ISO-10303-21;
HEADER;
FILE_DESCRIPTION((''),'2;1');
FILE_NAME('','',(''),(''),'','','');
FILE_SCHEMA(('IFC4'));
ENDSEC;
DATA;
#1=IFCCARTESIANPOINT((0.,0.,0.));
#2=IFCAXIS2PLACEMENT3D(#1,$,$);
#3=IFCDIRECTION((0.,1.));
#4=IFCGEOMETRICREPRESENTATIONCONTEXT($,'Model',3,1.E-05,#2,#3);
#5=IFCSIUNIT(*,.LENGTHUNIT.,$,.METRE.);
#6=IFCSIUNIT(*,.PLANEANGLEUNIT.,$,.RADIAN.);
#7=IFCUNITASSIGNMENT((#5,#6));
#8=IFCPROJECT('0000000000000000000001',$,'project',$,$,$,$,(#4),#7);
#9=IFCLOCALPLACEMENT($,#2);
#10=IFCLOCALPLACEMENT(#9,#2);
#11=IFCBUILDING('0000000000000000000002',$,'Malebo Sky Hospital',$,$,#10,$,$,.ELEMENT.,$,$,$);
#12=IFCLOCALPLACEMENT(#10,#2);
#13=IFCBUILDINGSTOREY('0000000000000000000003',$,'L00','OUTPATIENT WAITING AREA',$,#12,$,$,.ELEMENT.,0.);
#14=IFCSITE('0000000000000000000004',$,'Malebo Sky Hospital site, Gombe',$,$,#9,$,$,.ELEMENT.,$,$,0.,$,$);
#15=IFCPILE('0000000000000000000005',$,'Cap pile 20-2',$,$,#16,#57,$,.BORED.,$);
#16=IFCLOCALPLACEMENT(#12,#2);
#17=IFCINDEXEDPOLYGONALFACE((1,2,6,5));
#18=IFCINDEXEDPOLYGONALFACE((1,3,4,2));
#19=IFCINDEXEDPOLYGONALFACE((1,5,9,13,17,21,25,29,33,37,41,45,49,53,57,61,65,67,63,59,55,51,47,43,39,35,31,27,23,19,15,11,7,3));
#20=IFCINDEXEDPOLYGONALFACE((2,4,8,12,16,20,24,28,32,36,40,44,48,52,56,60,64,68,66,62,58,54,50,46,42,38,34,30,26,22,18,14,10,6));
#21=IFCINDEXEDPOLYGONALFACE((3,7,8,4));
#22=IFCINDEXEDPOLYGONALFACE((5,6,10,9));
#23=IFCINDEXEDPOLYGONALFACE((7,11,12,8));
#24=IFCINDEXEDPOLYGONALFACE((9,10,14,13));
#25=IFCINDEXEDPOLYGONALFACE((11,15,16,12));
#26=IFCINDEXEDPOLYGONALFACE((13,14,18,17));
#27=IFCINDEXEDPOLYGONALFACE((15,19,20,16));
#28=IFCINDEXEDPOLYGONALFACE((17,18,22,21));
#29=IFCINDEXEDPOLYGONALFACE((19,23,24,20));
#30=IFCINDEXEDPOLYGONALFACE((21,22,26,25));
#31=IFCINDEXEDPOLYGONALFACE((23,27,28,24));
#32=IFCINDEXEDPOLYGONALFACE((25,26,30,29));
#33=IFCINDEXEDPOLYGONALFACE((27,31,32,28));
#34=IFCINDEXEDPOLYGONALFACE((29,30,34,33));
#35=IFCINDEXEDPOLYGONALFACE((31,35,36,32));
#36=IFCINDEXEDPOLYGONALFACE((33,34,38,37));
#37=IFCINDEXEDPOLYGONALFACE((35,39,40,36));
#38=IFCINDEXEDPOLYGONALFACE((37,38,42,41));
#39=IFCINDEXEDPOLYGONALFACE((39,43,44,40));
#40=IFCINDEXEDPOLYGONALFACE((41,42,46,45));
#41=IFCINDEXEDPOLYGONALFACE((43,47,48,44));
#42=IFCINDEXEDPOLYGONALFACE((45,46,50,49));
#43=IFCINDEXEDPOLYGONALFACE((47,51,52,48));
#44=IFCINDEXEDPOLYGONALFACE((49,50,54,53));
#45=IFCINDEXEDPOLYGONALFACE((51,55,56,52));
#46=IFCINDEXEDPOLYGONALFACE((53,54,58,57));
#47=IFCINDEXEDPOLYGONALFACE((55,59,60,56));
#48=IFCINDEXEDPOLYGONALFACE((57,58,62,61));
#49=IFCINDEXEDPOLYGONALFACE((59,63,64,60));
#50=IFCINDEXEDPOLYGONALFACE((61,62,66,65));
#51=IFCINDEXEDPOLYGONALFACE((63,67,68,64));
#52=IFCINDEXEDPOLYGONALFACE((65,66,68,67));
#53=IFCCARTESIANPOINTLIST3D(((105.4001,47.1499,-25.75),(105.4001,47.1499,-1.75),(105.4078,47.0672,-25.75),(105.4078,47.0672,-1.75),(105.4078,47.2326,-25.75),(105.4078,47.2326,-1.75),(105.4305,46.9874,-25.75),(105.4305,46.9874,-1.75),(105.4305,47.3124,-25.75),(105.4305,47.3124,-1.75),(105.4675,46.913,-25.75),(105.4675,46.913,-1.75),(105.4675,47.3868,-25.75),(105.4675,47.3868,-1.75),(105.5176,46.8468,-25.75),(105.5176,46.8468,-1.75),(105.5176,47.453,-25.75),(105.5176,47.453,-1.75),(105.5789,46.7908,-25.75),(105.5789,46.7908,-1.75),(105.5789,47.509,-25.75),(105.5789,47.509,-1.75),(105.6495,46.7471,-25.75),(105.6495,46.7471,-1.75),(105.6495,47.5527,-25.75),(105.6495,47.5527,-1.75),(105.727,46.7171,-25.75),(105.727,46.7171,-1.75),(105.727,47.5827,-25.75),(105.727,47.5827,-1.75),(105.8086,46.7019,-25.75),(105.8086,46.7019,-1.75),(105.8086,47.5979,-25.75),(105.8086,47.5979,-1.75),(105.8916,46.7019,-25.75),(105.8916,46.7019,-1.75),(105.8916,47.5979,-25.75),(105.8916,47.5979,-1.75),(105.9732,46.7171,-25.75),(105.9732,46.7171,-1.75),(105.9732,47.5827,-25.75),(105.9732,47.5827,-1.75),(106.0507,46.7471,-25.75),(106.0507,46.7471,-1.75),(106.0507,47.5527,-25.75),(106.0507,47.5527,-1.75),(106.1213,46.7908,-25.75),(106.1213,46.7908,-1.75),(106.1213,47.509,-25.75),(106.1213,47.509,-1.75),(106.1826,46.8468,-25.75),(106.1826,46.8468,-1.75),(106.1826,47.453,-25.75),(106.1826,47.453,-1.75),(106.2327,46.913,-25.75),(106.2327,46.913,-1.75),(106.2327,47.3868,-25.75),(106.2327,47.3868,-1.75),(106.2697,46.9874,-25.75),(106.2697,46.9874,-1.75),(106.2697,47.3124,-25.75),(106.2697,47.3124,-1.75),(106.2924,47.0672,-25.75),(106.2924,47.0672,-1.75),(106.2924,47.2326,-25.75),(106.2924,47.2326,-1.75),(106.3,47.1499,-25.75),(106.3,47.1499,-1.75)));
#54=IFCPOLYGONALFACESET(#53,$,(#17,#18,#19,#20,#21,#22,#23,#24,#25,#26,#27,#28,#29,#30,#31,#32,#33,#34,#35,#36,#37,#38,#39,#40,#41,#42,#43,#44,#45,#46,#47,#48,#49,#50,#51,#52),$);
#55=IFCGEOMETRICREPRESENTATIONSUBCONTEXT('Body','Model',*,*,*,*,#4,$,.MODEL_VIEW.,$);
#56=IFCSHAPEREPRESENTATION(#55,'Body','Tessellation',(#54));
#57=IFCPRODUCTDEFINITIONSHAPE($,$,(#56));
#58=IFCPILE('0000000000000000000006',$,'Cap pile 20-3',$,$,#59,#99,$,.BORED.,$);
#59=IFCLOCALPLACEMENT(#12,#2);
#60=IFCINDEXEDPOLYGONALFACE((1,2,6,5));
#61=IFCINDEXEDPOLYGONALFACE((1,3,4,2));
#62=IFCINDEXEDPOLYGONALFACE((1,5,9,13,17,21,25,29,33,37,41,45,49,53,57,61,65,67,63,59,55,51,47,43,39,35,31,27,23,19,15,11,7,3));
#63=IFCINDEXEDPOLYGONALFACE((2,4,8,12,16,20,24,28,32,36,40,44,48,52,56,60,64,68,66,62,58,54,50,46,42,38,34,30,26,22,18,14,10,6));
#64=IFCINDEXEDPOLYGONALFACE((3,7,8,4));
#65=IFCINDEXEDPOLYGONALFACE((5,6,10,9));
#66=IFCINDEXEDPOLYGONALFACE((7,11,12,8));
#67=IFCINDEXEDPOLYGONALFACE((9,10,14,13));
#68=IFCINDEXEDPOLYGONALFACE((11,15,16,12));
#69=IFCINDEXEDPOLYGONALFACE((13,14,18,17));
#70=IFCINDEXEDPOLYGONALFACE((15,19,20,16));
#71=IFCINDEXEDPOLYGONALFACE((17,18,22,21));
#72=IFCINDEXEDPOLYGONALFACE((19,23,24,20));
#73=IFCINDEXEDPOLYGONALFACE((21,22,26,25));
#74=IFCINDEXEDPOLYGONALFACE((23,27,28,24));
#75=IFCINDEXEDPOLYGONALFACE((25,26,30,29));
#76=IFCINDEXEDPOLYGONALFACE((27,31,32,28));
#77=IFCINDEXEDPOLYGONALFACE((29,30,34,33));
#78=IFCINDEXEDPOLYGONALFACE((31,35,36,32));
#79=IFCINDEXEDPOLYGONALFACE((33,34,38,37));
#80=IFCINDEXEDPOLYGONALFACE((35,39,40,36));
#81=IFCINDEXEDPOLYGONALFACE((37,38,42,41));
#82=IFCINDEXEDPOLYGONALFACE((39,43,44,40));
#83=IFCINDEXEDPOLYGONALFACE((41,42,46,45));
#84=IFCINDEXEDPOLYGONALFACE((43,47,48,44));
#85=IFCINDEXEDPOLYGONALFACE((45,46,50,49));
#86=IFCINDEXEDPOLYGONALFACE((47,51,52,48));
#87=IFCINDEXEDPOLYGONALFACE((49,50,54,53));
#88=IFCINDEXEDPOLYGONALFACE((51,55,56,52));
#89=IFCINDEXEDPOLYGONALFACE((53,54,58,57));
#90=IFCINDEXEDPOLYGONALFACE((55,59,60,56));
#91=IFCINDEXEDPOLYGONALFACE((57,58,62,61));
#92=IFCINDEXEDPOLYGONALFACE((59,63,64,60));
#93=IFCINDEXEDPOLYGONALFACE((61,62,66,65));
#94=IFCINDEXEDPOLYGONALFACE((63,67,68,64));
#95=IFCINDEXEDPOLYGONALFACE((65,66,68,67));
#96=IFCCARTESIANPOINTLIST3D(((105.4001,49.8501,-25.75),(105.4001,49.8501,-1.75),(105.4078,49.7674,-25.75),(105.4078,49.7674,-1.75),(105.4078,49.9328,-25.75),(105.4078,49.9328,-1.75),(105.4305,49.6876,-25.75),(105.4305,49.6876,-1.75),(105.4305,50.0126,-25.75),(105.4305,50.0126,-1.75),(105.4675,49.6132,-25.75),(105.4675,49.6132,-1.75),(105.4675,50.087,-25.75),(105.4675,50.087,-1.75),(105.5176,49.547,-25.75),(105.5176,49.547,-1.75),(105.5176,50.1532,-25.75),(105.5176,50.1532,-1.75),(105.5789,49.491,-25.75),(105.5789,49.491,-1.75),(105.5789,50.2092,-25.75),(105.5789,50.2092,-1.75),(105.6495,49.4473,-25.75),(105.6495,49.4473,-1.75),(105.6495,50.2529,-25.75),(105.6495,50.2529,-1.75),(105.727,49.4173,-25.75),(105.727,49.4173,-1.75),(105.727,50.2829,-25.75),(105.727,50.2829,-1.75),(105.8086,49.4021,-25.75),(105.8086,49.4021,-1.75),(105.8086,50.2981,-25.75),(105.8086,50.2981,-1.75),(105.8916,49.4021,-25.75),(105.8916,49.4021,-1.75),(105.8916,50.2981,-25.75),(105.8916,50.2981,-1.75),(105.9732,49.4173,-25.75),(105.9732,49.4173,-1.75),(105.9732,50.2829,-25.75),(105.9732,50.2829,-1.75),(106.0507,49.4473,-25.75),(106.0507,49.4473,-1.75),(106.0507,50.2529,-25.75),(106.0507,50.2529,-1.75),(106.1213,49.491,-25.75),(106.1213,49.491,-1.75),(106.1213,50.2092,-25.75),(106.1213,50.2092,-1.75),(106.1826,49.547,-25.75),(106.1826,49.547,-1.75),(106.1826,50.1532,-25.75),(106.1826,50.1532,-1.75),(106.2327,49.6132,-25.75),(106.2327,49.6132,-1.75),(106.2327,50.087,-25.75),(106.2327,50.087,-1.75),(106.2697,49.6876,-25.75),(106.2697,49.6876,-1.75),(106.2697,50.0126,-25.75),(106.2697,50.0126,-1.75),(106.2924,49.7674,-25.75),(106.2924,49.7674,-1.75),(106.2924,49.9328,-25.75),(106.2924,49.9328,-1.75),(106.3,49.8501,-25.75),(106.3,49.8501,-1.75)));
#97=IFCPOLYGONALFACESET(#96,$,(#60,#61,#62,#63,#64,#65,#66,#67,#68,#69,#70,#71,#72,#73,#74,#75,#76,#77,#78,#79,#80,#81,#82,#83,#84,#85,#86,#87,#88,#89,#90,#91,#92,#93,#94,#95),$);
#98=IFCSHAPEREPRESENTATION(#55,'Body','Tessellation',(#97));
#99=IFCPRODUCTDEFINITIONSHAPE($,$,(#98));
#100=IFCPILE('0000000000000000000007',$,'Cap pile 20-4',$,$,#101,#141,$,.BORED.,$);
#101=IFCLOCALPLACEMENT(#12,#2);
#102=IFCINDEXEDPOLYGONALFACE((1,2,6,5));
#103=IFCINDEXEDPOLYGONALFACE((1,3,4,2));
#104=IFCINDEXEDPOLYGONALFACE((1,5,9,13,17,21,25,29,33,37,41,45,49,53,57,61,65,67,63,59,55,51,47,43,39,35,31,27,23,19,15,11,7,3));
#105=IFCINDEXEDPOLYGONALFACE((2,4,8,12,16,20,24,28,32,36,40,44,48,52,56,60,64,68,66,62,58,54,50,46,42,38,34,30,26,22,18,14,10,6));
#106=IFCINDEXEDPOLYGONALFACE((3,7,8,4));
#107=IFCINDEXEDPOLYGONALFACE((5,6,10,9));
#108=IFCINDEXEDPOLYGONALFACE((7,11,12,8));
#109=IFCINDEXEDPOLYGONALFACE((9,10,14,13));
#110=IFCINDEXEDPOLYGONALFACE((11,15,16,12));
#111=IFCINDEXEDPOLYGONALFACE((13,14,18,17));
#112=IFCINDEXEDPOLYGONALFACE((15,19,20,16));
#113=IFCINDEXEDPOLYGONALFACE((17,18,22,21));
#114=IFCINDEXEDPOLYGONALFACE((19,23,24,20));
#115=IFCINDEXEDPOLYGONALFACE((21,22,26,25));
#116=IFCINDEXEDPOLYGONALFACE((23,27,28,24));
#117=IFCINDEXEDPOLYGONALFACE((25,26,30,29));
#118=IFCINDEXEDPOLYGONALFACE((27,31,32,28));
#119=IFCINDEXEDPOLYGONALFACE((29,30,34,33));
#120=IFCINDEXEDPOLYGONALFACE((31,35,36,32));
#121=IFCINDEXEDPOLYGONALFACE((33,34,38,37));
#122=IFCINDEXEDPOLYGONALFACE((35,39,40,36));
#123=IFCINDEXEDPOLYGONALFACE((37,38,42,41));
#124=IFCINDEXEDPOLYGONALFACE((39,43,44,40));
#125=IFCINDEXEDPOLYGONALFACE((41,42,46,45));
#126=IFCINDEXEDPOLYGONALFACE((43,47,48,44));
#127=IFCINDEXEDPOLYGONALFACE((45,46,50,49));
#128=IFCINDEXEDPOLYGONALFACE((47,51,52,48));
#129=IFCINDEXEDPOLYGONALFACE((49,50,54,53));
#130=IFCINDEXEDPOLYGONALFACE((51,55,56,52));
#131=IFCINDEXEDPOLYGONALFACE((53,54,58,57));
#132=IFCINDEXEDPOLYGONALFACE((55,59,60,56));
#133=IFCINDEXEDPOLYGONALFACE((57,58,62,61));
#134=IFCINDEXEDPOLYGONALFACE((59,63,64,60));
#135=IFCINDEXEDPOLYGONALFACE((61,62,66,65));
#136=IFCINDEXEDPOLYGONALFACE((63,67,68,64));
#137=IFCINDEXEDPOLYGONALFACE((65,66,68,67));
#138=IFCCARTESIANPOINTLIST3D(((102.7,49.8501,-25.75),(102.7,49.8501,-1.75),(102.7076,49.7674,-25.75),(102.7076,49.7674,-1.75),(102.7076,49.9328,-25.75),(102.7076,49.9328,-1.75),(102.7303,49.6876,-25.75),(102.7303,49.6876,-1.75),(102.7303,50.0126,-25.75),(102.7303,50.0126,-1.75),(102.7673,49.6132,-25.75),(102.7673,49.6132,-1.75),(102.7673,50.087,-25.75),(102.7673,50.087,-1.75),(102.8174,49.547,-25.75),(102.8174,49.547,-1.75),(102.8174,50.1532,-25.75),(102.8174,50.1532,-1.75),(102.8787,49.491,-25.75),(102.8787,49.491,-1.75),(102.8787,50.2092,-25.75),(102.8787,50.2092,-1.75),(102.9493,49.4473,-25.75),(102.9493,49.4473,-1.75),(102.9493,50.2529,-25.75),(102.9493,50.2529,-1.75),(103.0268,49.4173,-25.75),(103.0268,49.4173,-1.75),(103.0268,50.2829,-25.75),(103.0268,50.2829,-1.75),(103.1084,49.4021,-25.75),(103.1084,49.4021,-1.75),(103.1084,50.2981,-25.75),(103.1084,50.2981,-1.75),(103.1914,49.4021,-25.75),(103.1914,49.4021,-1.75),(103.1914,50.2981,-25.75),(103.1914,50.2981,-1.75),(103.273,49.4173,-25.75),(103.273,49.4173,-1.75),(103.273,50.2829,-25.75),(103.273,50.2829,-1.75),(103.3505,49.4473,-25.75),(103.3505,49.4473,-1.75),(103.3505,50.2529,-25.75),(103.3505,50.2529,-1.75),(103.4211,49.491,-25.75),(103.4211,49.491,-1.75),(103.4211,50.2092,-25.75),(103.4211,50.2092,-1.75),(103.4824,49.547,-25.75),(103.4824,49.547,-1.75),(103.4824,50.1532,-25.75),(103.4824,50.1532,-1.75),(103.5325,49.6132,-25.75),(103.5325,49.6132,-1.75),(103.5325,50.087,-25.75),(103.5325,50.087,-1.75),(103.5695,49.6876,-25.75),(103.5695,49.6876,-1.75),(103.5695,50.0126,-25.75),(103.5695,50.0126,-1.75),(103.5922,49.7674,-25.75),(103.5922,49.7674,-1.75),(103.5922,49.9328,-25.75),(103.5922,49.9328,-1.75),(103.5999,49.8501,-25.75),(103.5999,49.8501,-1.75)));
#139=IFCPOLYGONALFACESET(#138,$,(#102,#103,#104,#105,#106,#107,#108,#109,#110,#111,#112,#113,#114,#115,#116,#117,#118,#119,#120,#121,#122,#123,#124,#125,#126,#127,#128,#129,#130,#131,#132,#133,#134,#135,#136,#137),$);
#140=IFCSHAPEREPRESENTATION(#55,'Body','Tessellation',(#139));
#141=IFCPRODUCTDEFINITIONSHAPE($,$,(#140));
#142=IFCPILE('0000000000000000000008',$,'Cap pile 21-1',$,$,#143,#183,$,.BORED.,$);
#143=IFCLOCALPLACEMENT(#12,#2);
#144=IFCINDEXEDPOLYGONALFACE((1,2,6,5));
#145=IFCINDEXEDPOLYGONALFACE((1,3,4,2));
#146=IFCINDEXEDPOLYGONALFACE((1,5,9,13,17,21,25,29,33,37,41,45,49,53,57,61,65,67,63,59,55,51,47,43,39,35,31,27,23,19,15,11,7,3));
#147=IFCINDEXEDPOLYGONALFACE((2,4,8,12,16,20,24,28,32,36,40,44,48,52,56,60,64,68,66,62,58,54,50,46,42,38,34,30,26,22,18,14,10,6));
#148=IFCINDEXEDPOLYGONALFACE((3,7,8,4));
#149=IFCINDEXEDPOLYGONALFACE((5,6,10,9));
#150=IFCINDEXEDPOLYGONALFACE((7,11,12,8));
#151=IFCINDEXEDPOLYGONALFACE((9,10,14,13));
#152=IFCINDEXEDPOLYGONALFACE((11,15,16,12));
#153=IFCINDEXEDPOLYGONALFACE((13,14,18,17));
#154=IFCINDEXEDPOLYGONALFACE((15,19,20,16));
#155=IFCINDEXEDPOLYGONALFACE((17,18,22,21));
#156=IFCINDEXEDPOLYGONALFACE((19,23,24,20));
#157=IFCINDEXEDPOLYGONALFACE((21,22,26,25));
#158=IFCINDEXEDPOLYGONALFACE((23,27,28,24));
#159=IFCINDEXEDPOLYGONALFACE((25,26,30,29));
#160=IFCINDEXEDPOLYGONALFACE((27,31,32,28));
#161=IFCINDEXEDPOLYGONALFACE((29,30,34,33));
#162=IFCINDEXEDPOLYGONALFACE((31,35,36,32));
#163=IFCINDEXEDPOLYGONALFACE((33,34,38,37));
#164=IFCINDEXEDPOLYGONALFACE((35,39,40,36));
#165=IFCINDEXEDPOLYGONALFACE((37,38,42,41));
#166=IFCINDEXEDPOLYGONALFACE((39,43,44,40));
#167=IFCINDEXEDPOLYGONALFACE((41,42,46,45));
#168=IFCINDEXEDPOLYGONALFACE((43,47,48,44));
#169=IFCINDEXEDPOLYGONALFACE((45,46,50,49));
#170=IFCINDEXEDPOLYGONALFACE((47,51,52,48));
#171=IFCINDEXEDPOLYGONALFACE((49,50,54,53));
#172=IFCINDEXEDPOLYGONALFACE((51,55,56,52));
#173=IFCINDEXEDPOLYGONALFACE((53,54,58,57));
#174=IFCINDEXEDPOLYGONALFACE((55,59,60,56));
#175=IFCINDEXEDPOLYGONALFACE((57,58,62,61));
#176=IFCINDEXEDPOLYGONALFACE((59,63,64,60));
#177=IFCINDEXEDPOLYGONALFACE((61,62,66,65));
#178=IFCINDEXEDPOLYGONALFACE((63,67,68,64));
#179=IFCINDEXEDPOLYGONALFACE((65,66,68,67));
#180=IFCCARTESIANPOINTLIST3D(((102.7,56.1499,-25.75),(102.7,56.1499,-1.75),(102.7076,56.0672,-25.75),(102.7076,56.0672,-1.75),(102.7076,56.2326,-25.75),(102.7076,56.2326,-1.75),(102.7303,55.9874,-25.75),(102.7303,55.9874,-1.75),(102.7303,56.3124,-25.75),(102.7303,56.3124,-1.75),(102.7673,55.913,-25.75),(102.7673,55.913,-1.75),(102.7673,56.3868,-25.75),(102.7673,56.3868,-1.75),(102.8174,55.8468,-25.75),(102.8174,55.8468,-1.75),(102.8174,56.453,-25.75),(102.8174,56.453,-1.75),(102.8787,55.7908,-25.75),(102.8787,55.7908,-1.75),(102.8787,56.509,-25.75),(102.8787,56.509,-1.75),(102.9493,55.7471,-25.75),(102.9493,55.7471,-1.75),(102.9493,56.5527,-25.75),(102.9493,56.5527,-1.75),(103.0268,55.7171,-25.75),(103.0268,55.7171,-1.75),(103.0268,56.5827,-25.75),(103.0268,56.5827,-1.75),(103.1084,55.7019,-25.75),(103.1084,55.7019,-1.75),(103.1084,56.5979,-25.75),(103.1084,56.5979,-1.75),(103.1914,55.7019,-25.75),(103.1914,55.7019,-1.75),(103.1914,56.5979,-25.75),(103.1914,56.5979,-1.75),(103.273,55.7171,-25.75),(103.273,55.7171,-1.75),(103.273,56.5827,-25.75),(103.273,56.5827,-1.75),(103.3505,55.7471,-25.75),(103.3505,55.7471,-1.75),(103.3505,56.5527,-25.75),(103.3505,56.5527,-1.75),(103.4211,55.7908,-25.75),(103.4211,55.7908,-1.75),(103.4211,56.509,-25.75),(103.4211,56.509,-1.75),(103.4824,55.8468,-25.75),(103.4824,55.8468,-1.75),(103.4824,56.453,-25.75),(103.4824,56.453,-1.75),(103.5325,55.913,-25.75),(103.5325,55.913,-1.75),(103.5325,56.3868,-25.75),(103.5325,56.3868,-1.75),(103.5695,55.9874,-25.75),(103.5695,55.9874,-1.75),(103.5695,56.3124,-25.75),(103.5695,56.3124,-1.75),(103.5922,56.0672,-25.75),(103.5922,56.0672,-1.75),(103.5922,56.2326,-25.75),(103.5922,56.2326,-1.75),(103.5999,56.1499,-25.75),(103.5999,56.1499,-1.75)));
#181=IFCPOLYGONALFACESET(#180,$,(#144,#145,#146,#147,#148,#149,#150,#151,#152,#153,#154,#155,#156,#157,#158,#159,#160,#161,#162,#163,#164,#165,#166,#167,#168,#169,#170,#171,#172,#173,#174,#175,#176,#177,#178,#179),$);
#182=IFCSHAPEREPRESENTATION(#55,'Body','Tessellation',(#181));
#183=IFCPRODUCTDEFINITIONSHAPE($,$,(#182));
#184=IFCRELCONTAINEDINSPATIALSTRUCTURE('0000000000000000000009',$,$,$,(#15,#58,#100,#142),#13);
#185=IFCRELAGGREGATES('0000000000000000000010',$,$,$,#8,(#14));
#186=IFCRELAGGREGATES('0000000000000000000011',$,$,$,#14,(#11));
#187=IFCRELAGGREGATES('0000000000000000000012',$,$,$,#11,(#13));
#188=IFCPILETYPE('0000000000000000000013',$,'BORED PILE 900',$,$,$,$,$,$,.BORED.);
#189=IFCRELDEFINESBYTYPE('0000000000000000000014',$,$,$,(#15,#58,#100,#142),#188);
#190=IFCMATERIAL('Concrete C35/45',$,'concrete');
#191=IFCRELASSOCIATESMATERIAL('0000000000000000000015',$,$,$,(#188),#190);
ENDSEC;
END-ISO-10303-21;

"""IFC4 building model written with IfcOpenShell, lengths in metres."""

from ifc_helpers import new_model, si_unit, direction, frame, origin, origin_2d, place, context, subcontext, project, spatial, circle, extrude, material, material_profile, profile_set, type_object, element, save


model = new_model("IFC4")

# Units and contexts
model_context = context("Model", 3, precision=1e-05, world=origin(), true_north=direction((0.0, 1.0)))
body_context = subcontext(model_context, "Body", "Model", "MODEL_VIEW")
ifc_project = project(units=[si_unit("LENGTHUNIT", "METRE"), si_unit("PLANEANGLEUNIT", "RADIAN")], contexts=[model_context])

# Site, building, storey
site_placement = place(None, origin())
site = spatial("IfcSite", under=ifc_project, at=site_placement, Name="Malebo Sky Hospital site, Gombe", CompositionType="ELEMENT", RefElevation=0.0)
building_placement = place(site_placement, origin())
building = spatial("IfcBuilding", under=site, at=building_placement, Name="Malebo Sky Hospital", CompositionType="ELEMENT")
storey_placement = place(building_placement, origin())
storey = spatial("IfcBuildingStorey", under=building, at=storey_placement, Name="L00", Description="OUTPATIENT WAITING AREA", CompositionType="ELEMENT", Elevation=0.0)

# Piles
ifc_material_1 = material(Name="Concrete C35/45", Category="concrete")
ifc_material_profile_1 = material_profile(ifc_material_1, circle(Radius=0.45, at=origin_2d()), Name="BP 900")
ifc_profile_set_1 = profile_set([ifc_material_profile_1], Name="Concrete C35/45")
pile_type = type_object("IfcPileType", Name="BORED PILE 900", PredefinedType="BORED", material=ifc_profile_set_1)
for number, where, z_axis, x_axis, name in (
    (1, (105.8501, 47.1499, -1.75), (0.0, 0.0, -1.0), (1.0, 0.0, 0.0), "Cap pile 20-2"),
    (2, (105.8501, 49.8501, -1.75), (0.0, 0.0, -1.0), (1.0, 0.0, 0.0), "Cap pile 20-3"),
    (3, (103.1499, 49.8501, -1.75), (0.0, 0.0, -1.0), (1.0, 0.0, 0.0), "Cap pile 20-4"),
    (4, (103.1499, 56.1499, -1.75), (0.0, 0.0, -1.0), (1.0, 0.0, 0.0), "Cap pile 21-1"),
):
    element("IfcPile", number, at=place(storey_placement, frame(where, z_axis=z_axis, x_axis=x_axis)), inside=storey, type_object=pile_type, Name=name, PredefinedType="BORED", context=body_context, shape_type="SweptSolid", body=[
        extrude(circle(Radius=0.45, at=origin_2d()), origin(), (0.0, 0.0, 1.0), 24.0),
    ])

save(model, "model.ifc")
